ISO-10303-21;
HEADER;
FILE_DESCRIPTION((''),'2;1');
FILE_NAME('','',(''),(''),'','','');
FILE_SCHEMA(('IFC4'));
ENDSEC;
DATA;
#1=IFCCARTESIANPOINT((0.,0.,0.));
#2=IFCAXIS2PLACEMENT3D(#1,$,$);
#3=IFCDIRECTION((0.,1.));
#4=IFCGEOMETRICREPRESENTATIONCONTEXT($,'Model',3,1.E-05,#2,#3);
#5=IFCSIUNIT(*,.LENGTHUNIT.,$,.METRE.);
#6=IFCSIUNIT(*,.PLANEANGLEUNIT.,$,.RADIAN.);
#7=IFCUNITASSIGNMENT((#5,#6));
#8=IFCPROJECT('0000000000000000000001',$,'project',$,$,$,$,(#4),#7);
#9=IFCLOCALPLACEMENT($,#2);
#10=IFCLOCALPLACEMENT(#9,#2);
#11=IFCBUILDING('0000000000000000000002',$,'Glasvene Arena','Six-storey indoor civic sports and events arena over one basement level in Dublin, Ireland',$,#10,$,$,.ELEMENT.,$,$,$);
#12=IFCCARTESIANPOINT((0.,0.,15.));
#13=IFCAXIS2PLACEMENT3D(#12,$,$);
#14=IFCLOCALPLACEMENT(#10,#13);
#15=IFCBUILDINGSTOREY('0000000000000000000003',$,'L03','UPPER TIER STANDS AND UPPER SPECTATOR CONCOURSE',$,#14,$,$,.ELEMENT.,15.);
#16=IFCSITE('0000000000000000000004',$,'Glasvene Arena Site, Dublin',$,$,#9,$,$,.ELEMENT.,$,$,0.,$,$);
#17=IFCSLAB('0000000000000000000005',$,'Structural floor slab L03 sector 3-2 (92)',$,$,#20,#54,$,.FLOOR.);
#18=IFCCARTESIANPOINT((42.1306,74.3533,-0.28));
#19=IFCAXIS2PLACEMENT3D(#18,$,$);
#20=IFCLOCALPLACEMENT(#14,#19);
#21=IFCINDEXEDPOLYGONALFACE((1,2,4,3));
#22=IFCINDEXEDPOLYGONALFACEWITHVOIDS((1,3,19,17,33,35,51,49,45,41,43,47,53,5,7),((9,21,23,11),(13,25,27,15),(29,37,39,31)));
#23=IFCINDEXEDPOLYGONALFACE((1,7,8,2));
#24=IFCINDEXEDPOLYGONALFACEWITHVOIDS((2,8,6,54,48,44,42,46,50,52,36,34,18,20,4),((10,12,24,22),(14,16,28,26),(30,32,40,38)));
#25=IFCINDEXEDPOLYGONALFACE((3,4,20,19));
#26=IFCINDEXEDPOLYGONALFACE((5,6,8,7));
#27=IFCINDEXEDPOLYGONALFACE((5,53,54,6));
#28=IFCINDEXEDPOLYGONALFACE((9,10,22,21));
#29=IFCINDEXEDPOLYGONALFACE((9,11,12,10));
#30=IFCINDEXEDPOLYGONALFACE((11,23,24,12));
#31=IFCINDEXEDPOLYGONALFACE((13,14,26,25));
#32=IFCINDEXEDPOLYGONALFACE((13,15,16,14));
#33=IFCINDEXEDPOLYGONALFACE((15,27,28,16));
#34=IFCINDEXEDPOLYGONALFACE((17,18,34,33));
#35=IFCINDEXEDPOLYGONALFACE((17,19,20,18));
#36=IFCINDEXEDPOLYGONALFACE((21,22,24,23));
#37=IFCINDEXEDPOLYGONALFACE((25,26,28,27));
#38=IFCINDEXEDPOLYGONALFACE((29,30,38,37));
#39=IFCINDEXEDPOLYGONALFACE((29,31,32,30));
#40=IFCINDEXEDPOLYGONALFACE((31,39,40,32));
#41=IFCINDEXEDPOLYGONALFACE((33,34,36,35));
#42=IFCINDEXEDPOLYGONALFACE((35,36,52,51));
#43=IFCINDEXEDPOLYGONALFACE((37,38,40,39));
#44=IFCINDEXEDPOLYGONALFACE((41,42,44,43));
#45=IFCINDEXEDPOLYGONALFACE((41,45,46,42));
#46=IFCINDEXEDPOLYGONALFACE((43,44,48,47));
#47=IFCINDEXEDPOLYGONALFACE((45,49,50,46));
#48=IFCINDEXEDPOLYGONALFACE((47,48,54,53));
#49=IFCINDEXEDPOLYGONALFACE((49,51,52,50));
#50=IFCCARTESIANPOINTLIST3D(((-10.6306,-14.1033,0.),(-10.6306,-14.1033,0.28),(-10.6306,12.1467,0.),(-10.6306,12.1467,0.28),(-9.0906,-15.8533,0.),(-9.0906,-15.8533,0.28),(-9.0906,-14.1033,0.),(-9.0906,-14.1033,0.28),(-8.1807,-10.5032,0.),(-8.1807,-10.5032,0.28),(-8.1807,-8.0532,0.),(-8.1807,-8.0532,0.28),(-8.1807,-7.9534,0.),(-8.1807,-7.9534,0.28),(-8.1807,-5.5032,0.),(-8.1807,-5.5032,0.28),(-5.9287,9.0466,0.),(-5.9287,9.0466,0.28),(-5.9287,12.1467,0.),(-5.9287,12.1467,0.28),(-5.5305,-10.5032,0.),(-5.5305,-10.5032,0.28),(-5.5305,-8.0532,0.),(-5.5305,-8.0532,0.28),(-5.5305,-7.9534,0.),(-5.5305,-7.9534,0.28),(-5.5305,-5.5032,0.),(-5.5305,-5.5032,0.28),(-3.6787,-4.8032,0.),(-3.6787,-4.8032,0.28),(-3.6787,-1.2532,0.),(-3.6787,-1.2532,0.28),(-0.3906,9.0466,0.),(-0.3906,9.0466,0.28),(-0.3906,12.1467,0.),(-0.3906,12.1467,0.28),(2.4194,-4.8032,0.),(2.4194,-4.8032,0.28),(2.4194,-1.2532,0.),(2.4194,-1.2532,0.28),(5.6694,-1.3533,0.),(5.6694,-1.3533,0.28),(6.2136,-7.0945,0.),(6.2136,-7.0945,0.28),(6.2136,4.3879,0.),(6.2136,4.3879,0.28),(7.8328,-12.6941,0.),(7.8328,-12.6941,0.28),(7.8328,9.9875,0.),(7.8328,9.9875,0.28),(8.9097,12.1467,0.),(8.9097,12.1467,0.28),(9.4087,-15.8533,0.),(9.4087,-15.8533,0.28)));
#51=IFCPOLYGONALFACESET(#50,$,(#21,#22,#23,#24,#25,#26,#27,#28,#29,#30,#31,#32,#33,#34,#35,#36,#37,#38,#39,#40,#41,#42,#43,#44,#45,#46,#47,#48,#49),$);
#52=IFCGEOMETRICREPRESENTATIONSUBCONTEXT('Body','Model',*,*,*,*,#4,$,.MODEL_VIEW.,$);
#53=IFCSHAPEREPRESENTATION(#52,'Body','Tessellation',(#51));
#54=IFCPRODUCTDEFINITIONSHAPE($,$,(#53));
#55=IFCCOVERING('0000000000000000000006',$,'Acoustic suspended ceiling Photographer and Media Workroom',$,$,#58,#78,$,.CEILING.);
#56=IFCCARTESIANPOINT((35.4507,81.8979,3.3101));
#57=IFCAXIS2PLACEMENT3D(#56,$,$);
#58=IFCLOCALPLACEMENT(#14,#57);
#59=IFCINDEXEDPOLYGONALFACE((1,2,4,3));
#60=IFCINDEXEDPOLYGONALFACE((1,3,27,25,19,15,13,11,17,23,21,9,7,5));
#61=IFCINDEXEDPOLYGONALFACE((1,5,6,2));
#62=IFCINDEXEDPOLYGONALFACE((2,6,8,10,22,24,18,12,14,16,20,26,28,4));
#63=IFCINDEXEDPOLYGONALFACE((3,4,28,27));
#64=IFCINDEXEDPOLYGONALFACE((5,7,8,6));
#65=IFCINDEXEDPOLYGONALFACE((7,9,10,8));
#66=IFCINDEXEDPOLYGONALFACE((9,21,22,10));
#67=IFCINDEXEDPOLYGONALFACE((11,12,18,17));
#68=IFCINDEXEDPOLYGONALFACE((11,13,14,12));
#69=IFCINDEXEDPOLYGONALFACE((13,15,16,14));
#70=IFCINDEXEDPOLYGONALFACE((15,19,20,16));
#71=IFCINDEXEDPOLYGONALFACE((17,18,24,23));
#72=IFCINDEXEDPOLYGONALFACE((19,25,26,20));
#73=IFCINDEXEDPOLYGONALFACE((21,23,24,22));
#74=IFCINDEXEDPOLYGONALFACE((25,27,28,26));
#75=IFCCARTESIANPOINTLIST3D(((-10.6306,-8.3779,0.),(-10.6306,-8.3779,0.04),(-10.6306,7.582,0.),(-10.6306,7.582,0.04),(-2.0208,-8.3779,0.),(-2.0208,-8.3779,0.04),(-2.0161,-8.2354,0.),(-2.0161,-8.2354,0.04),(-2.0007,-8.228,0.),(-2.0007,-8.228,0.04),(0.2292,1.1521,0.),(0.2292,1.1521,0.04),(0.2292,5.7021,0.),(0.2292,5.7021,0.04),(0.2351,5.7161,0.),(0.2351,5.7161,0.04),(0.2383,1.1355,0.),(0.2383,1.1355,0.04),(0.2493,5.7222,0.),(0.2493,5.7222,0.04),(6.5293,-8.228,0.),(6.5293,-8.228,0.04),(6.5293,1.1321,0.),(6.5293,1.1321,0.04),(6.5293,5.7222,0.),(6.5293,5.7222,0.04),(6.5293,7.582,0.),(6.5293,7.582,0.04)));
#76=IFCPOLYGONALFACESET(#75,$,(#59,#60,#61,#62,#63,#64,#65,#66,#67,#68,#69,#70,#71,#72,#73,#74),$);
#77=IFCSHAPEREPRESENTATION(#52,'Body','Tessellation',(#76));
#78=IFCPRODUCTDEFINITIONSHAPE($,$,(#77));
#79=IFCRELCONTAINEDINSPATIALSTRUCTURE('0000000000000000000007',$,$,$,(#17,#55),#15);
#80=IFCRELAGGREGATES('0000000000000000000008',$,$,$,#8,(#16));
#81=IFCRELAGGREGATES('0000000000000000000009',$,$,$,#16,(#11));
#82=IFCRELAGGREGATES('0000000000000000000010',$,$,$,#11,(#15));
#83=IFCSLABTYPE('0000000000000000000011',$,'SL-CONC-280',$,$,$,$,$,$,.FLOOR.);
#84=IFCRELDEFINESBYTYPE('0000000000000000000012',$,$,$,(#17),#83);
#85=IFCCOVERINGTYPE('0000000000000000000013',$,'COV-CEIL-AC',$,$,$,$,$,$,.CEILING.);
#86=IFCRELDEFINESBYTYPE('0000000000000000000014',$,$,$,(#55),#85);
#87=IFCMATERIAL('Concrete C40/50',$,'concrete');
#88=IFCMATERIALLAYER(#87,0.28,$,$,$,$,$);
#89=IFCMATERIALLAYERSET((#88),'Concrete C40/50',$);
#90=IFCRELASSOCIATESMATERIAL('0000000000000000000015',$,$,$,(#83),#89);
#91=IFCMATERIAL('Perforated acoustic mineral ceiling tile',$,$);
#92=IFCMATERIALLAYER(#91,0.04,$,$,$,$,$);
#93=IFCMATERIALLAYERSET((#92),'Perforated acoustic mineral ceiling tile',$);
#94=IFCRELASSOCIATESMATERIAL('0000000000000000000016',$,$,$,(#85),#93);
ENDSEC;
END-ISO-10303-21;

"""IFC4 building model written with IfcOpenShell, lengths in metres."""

from ifc_helpers import new_model, si_unit, direction, frame, origin, place, context, subcontext, project, spatial, polyline, outline, extrude, material, layer, layer_set, type_object, element, save


model = new_model("IFC4")

# Units and contexts
model_context = context("Model", 3, precision=1e-05, world=origin(), true_north=direction((0.0, 1.0)))
body_context = subcontext(model_context, "Body", "Model", "MODEL_VIEW")
ifc_project = project(units=[si_unit("LENGTHUNIT", "METRE"), si_unit("PLANEANGLEUNIT", "RADIAN")], contexts=[model_context])

# Site, building, storey
site_placement = place(None, origin())
site = spatial("IfcSite", under=ifc_project, at=site_placement, Name="Glasvene Arena Site, Dublin", CompositionType="ELEMENT", RefElevation=0.0)
building_placement = place(site_placement, origin())
building = spatial("IfcBuilding", under=site, at=building_placement, Name="Glasvene Arena", Description="Six-storey indoor civic sports and events arena over one basement level in Dublin, Ireland", CompositionType="ELEMENT")
storey_placement = place(building_placement, frame((0.0, 0.0, 15.0)))
storey = spatial("IfcBuildingStorey", under=building, at=storey_placement, Name="L03", Description="UPPER TIER STANDS AND UPPER SPECTATOR CONCOURSE", CompositionType="ELEMENT", Elevation=15.0)

# Slab
ifc_material_1 = material(Name="Concrete C40/50", Category="concrete")
ifc_layer_1 = layer(ifc_material_1, 0.28)
ifc_layer_set_1 = layer_set([ifc_layer_1], Name="Concrete C40/50")
slab_type_1 = type_object("IfcSlabType", Name="SL-CONC-280", PredefinedType="FLOOR", material=ifc_layer_set_1)
slab_1_placement = place(storey_placement, frame((42.1306, 74.3533, -0.28)))
element("IfcSlab", 1, at=slab_1_placement, inside=storey, type_object=slab_type_1, Name="Structural floor slab L03 sector 3-2 (92)", PredefinedType="FLOOR", context=body_context, shape_type="SweptSolid", body=[
    extrude(outline(polyline([(6.2136, 4.3879), (5.6694, -1.3533), (6.2136, -7.0945), (7.8328, -12.6941), (9.4087, -15.8533), (-9.0906, -15.8533), (-9.0906, -14.1033), (-10.6306, -14.1033), (-10.6306, 12.1467), (-5.9287, 12.1467), (-5.9287, 9.0466), (-0.3906, 9.0466), (-0.3906, 12.1467), (8.9097, 12.1467), (7.8328, 9.9875), (6.2136, 4.3879)]), holes=[polyline([(-5.5305, -10.5032), (-5.5305, -8.0532), (-8.1807, -8.0532), (-8.1807, -10.5032), (-5.5305, -10.5032)]), polyline([(-5.5305, -7.9534), (-5.5305, -5.5032), (-8.1807, -5.5032), (-8.1807, -7.9534), (-5.5305, -7.9534)]), polyline([(2.4194, -4.8032), (2.4194, -1.2532), (-3.6787, -1.2532), (-3.6787, -4.8032), (2.4194, -4.8032)])]), origin(), (0.0, 0.0, 1.0), 0.28),
])

# Covering
ifc_material_2 = material(Name="Perforated acoustic mineral ceiling tile")
ifc_layer_2 = layer(ifc_material_2, 0.04)
ifc_layer_set_2 = layer_set([ifc_layer_2], Name="Perforated acoustic mineral ceiling tile")
covering_type = type_object("IfcCoveringType", Name="COV-CEIL-AC", PredefinedType="CEILING", material=ifc_layer_set_2)
covering_placement = place(storey_placement, frame((35.4507, 81.8979, 3.3101)))
element("IfcCovering", 2, at=covering_placement, inside=storey, type_object=covering_type, Name="Acoustic suspended ceiling Photographer and Media Workroom", PredefinedType="CEILING", context=body_context, shape_type="SweptSolid", body=[
    extrude(outline(polyline([(-10.6306, -8.3779), (-10.6306, 7.582), (6.5293, 7.582), (6.5293, 5.7222), (0.2493, 5.7222), (0.2351, 5.7161), (0.2292, 5.7021), (0.2292, 1.1521), (0.2383, 1.1355), (6.5293, 1.1321), (6.5293, -8.228), (-2.0007, -8.228), (-2.0161, -8.2354), (-2.0208, -8.3779), (-10.6306, -8.3779)])), origin(), (0.0, 0.0, 1.0), 0.04),
])

save(model, "model.ifc")
